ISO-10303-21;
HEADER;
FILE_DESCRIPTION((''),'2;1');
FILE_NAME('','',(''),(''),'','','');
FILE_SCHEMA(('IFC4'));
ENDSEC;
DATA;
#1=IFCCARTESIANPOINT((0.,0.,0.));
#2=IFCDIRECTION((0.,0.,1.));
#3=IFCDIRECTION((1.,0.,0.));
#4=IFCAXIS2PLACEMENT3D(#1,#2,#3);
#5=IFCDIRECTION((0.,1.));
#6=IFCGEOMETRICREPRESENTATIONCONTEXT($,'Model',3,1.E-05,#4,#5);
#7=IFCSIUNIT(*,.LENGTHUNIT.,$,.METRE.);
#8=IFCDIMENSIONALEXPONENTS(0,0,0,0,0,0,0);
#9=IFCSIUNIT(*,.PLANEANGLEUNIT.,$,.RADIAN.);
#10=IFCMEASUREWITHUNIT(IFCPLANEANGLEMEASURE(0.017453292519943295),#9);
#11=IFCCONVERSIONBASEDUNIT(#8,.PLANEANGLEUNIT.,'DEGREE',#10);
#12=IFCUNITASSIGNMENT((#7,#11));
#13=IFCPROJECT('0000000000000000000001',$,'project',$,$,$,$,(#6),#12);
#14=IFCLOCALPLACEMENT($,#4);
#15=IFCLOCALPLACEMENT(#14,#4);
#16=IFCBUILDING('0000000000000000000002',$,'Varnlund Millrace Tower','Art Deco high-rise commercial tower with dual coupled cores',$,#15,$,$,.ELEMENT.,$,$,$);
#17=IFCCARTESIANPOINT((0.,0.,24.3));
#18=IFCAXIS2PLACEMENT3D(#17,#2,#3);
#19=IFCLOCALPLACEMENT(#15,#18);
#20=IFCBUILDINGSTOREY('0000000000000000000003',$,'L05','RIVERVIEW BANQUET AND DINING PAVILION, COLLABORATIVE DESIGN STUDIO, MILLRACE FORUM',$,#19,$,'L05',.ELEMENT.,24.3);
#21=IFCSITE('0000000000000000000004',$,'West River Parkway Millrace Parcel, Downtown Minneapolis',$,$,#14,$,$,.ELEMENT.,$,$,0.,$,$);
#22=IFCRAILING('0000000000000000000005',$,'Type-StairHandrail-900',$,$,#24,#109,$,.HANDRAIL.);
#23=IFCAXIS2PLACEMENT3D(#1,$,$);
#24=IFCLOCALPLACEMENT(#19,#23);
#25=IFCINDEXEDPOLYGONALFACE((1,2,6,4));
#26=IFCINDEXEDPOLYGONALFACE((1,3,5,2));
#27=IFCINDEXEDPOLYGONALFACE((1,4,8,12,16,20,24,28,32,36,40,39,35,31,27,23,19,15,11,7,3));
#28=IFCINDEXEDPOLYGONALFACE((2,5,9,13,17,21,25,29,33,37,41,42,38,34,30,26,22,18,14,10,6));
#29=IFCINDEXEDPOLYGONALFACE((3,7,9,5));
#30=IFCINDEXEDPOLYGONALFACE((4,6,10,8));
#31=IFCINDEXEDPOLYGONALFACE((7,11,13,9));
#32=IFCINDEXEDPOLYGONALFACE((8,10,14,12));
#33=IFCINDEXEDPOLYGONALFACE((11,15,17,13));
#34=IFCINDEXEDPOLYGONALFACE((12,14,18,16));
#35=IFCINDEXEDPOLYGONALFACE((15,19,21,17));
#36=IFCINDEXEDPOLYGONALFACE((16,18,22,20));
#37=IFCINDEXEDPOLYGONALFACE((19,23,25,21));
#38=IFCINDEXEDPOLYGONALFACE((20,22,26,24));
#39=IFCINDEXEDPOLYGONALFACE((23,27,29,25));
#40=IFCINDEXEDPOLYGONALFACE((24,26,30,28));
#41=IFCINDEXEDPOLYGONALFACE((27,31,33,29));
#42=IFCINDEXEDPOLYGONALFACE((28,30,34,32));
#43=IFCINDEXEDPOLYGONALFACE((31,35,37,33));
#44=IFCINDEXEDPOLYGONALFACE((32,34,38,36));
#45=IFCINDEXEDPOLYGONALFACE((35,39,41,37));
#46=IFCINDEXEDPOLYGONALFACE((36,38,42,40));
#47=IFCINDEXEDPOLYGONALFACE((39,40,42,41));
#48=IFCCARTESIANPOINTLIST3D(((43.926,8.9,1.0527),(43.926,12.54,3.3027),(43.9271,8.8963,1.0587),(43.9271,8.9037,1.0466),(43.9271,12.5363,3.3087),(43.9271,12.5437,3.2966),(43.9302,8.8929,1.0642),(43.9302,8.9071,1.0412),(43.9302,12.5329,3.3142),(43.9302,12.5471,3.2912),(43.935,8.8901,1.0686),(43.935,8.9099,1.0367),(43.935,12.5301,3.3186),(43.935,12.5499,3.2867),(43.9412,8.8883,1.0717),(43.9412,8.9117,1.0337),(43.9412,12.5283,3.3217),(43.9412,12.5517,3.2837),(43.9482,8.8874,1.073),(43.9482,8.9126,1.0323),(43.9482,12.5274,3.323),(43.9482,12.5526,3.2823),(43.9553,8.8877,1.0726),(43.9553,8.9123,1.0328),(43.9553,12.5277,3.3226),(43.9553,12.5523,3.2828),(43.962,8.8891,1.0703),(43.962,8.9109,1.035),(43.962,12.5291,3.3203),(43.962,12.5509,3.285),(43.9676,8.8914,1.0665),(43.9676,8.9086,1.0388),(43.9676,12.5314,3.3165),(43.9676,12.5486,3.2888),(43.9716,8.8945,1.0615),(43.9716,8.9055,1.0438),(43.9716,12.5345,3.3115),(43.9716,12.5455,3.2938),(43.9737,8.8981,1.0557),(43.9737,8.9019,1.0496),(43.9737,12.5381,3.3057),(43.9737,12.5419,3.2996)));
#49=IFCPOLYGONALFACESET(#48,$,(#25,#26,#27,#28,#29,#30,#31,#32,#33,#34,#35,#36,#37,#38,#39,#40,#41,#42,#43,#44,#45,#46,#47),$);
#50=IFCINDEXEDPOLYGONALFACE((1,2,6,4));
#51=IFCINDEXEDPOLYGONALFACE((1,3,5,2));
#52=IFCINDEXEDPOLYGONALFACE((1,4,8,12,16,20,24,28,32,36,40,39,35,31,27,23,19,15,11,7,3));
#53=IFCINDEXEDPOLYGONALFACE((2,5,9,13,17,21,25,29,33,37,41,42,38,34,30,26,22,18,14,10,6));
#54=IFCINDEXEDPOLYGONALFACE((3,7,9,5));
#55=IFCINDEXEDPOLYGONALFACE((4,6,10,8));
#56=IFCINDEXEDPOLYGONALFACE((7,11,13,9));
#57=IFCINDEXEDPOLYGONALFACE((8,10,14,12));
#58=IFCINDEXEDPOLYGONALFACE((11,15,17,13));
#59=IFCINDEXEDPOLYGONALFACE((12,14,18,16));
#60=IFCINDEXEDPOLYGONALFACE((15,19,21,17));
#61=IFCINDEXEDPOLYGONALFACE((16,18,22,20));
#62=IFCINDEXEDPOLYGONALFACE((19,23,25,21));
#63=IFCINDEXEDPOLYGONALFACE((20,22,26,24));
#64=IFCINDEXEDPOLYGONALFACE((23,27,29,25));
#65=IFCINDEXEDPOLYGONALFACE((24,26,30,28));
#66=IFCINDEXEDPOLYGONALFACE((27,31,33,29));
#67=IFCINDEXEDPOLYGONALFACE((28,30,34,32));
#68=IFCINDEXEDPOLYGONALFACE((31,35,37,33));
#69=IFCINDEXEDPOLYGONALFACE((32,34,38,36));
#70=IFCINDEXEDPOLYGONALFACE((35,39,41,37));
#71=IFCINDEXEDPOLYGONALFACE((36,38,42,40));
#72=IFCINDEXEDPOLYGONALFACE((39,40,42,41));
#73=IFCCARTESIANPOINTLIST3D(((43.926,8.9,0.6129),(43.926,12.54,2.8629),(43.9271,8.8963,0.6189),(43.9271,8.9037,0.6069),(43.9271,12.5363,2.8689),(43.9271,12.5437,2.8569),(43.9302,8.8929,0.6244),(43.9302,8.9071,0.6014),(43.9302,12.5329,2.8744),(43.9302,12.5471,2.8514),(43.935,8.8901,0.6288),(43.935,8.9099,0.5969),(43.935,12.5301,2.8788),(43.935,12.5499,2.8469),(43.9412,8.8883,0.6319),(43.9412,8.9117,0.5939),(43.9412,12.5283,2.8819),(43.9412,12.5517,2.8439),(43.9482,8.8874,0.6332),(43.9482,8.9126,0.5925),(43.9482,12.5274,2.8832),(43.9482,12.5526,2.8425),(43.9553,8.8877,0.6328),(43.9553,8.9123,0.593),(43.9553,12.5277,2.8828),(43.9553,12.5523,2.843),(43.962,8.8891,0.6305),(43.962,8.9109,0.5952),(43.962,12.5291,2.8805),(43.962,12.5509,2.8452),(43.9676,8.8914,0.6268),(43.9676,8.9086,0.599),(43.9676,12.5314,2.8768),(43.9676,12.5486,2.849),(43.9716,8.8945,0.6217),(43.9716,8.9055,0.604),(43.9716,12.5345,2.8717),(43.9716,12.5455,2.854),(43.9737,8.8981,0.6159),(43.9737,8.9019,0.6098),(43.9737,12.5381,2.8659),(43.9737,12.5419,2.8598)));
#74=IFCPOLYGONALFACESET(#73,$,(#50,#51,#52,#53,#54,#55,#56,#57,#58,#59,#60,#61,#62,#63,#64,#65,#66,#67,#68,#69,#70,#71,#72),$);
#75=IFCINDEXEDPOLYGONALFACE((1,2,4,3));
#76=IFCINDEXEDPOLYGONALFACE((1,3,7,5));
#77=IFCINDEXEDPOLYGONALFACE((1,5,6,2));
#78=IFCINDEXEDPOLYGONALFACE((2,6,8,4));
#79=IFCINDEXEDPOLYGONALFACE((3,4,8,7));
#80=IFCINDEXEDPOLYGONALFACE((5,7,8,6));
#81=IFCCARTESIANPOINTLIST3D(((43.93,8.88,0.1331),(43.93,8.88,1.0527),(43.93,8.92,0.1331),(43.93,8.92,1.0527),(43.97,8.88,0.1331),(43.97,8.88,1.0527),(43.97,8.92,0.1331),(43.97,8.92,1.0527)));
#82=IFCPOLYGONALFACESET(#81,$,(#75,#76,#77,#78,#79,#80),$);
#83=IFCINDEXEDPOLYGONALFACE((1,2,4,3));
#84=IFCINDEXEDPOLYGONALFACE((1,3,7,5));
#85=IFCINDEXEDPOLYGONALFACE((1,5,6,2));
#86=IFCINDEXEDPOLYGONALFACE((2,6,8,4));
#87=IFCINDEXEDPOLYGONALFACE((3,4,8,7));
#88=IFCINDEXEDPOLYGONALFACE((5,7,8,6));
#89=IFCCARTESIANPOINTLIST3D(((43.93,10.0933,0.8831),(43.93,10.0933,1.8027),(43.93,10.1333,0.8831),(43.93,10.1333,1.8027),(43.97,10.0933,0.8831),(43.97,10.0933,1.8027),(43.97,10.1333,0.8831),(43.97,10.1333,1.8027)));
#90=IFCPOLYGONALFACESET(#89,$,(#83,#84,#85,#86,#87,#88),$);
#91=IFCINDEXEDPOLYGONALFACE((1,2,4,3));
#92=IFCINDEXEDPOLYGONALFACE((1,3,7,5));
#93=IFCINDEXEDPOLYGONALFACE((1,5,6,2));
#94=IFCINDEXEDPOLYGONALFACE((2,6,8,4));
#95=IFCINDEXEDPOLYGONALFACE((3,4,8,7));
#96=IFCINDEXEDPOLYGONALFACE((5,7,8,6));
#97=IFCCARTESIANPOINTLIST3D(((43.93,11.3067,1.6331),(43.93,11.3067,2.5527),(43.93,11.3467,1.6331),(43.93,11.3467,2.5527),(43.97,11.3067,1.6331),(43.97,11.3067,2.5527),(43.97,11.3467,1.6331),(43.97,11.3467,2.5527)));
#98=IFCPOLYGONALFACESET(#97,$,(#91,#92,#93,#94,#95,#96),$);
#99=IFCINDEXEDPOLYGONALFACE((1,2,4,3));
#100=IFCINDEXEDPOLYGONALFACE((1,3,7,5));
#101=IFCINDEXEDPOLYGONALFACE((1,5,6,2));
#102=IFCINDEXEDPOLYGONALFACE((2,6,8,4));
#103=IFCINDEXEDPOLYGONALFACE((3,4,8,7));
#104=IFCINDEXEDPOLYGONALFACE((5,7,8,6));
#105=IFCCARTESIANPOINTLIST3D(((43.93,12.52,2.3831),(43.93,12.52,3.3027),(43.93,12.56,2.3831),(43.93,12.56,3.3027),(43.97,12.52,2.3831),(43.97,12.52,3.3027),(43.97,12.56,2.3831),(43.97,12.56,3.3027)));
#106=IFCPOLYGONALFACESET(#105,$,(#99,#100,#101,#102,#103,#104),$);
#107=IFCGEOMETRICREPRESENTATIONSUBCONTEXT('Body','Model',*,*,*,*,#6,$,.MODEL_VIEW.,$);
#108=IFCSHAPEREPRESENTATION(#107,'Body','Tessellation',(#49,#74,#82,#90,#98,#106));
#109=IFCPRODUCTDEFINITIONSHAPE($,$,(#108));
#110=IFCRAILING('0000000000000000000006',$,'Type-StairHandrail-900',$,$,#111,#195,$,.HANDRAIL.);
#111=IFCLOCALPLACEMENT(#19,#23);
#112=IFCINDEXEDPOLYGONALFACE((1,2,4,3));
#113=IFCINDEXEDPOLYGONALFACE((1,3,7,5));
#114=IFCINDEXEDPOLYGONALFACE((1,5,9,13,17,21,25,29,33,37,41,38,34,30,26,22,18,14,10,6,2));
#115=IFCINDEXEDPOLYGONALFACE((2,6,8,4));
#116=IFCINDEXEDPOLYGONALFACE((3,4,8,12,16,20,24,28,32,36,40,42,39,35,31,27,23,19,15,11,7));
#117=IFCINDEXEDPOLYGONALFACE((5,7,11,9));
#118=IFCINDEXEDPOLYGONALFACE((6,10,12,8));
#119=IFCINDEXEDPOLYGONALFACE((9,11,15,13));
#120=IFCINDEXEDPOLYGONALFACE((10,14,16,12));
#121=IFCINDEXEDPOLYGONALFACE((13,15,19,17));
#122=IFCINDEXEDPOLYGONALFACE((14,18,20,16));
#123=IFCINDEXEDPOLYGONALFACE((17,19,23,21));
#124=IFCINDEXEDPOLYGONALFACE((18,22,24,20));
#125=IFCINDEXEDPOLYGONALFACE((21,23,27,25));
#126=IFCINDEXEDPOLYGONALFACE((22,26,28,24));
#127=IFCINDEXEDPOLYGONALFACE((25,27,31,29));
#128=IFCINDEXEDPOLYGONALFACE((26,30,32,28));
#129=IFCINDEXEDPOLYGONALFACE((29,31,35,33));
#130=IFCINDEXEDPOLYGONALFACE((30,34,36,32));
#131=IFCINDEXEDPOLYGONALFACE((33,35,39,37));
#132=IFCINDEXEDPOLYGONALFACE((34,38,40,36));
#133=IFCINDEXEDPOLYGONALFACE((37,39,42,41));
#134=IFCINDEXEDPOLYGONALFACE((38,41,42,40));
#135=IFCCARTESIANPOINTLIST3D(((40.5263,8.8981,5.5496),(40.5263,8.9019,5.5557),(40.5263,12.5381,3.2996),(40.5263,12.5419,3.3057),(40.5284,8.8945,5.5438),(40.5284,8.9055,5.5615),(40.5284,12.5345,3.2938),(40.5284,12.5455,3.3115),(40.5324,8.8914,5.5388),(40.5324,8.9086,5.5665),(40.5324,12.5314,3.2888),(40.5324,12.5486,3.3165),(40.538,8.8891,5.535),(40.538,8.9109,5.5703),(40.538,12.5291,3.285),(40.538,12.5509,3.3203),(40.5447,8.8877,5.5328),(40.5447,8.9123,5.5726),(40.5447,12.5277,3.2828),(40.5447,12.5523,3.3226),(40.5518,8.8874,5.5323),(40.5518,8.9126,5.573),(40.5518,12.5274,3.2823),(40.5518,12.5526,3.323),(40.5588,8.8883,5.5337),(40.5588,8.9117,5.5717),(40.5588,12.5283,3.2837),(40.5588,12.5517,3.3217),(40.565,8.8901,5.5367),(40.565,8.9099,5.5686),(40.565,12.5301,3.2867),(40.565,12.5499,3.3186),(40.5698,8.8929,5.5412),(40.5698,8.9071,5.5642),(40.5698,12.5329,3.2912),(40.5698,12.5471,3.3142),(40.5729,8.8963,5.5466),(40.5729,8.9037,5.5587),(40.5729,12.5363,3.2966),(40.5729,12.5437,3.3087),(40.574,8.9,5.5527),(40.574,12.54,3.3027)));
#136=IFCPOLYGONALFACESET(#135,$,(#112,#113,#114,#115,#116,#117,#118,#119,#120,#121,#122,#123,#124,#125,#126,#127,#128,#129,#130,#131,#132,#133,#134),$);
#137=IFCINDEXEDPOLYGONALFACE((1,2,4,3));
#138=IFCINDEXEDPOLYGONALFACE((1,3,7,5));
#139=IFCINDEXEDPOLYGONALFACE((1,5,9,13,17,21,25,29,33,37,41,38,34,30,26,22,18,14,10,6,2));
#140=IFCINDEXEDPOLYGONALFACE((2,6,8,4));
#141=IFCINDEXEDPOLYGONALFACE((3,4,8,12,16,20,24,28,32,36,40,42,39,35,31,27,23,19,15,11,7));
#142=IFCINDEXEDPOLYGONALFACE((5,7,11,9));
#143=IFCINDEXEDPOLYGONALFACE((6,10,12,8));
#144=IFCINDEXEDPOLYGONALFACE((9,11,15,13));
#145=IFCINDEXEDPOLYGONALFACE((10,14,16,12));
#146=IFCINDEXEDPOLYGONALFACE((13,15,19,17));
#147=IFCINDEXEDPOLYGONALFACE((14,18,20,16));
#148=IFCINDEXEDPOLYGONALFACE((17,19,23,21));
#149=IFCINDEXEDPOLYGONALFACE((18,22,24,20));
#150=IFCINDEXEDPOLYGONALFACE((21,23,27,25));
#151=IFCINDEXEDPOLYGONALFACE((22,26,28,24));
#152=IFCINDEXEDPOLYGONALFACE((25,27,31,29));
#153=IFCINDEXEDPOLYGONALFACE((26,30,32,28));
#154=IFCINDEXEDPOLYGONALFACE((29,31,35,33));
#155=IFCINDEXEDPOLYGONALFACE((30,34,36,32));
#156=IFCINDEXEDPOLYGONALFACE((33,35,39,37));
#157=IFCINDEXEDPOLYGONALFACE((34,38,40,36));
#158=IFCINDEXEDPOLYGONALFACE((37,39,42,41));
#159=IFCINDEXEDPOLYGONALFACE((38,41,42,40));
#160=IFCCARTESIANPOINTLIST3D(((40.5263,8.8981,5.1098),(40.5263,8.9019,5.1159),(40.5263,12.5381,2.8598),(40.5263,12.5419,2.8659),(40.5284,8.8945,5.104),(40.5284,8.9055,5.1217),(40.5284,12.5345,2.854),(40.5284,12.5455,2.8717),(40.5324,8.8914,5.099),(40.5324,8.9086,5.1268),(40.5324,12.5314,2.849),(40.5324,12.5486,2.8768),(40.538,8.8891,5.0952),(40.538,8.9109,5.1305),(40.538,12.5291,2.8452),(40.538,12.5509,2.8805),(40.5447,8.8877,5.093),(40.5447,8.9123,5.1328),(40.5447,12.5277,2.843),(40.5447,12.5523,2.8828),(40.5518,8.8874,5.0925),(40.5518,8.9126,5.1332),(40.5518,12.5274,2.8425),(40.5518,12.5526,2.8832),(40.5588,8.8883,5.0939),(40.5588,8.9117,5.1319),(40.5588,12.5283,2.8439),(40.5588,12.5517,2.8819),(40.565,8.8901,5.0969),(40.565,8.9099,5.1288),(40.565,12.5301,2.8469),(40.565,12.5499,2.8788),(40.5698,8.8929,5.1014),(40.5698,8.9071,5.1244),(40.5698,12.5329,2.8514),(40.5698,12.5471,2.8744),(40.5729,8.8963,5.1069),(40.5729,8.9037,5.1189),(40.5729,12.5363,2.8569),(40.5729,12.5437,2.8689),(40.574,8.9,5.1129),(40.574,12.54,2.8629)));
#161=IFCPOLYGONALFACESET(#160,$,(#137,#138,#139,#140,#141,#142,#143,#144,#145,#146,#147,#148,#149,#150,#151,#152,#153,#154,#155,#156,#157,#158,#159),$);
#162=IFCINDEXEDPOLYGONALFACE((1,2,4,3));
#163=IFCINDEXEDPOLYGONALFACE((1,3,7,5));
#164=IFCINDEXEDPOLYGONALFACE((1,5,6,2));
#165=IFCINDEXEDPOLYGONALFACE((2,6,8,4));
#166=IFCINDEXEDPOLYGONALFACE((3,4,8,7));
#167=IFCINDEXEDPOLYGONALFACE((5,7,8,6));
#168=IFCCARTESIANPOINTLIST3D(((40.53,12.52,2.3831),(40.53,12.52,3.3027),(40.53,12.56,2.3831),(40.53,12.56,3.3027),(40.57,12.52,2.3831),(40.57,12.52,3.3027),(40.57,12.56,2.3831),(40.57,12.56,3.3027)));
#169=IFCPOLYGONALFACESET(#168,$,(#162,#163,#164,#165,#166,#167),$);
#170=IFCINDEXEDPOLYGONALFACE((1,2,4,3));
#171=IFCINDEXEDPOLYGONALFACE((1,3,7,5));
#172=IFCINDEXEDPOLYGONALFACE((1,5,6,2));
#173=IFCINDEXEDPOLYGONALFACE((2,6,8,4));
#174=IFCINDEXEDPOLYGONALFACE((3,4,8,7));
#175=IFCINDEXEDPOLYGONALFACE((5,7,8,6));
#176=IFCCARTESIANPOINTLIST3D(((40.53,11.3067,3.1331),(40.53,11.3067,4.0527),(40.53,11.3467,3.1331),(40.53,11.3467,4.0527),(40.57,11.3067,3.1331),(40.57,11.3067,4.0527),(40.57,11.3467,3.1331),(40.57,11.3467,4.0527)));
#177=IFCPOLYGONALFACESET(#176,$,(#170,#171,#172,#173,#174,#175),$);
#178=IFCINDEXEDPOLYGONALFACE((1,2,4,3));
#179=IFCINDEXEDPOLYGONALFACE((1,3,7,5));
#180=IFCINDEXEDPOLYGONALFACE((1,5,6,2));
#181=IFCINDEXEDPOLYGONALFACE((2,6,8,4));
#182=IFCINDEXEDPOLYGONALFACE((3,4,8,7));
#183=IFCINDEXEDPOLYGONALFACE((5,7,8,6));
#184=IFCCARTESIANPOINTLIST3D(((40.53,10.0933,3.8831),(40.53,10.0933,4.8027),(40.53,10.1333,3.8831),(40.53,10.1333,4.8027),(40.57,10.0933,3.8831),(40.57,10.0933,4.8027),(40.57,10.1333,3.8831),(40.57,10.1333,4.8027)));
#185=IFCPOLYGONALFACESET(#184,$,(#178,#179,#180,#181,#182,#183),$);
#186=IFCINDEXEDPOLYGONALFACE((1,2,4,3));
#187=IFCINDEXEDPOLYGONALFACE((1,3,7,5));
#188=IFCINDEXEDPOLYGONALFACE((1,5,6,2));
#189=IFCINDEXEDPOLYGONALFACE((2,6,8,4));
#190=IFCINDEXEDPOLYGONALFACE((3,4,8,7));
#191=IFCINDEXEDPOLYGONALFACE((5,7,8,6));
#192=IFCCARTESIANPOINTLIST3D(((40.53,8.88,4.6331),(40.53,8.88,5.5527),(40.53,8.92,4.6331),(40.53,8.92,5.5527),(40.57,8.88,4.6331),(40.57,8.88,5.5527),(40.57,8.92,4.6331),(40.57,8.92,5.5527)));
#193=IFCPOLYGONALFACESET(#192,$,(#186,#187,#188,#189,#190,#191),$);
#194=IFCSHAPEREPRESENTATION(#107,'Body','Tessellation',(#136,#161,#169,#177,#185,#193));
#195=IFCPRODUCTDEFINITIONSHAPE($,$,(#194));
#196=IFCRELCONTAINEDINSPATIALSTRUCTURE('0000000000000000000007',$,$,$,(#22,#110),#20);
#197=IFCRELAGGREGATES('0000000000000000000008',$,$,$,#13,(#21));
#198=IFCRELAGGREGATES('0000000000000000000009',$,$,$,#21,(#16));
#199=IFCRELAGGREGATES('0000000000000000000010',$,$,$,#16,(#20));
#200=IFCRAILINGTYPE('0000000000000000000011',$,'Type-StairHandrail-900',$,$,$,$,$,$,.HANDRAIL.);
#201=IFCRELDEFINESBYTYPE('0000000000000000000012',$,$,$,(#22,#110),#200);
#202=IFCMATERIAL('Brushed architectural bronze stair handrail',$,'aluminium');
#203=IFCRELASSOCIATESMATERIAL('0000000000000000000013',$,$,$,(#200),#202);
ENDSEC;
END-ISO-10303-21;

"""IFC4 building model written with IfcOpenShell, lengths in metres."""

from ifc_helpers import new_model, entity, si_unit, converted_unit, direction, frame, origin_with_axes, origin_2d_with_axis, place, context, subcontext, project, spatial, rectangle, circle, extrude, material, type_object, element, save


model = new_model("IFC4")

# Units and contexts
model_context = context("Model", 3, precision=1e-05, world=origin_with_axes(), true_north=direction((0.0, 1.0)))
body_context = subcontext(model_context, "Body", "Model", "MODEL_VIEW")
ifc_project = project(units=[si_unit("LENGTHUNIT", "METRE"), converted_unit("PLANEANGLEUNIT", "DEGREE", entity("IfcPlaneAngleMeasure", 0.017453292519943295), si_unit("PLANEANGLEUNIT", "RADIAN"), dimensions=[0, 0, 0, 0, 0, 0, 0])], contexts=[model_context])

# Site, building, storey
site_placement = place(None, origin_with_axes())
site = spatial("IfcSite", under=ifc_project, at=site_placement, Name="West River Parkway Millrace Parcel, Downtown Minneapolis", CompositionType="ELEMENT", RefElevation=0.0)
building_placement = place(site_placement, origin_with_axes())
building = spatial("IfcBuilding", under=site, at=building_placement, Name="Varnlund Millrace Tower", Description="Art Deco high-rise commercial tower with dual coupled cores", CompositionType="ELEMENT")
storey_placement = place(building_placement, frame((0.0, 0.0, 24.3), z_axis=(0.0, 0.0, 1.0), x_axis=(1.0, 0.0, 0.0)))
storey = spatial("IfcBuildingStorey", under=building, at=storey_placement, Name="L05", Description="RIVERVIEW BANQUET AND DINING PAVILION, COLLABORATIVE DESIGN STUDIO, MILLRACE FORUM", LongName="L05", CompositionType="ELEMENT", Elevation=24.3)

# Railings
ifc_material_1 = material(Name="Brushed architectural bronze stair handrail", Category="aluminium")
railing_type_1 = type_object("IfcRailingType", Name="Type-StairHandrail-900", PredefinedType="HANDRAIL", material=ifc_material_1)
railing_1_placement = place(storey_placement, frame((0.0, 0.0, -24.3), z_axis=(0.0, 0.0, 1.0), x_axis=(1.0, 0.0, 0.0)))
element("IfcRailing", 1, at=railing_1_placement, inside=storey, type_object=railing_type_1, Name="Type-StairHandrail-900", PredefinedType="HANDRAIL", context=body_context, shape_type="SweptSolid", body=[
    extrude(circle(Radius=0.024, at=origin_2d_with_axis()), frame((43.95, 8.9, 25.3527), z_axis=(0.0, 0.850614, 0.525791), x_axis=(-1.0, 0.0, 0.0)), (0.0, 0.0, 1.0), 4.2793),
    extrude(circle(Radius=0.024, at=origin_2d_with_axis()), frame((43.95, 8.9, 24.9129), z_axis=(0.0, 0.850614, 0.525791), x_axis=(-1.0, 0.0, 0.0)), (0.0, 0.0, 1.0), 4.2793),
    extrude(rectangle(XDim=0.04, YDim=0.04, at=origin_2d_with_axis()), frame((43.95, 8.9, 24.4331), z_axis=(0.0, 0.0, 1.0), x_axis=(1.0, 0.0, 0.0)), (0.0, 0.0, 1.0), 0.9196),
    extrude(rectangle(XDim=0.04, YDim=0.04, at=origin_2d_with_axis()), frame((43.95, 10.1133, 25.1831), z_axis=(0.0, 0.0, 1.0), x_axis=(1.0, 0.0, 0.0)), (0.0, 0.0, 1.0), 0.9196),
    extrude(rectangle(XDim=0.04, YDim=0.04, at=origin_2d_with_axis()), frame((43.95, 11.3267, 25.9331), z_axis=(0.0, 0.0, 1.0), x_axis=(1.0, 0.0, 0.0)), (0.0, 0.0, 1.0), 0.9196),
    extrude(rectangle(XDim=0.04, YDim=0.04, at=origin_2d_with_axis()), frame((43.95, 12.54, 26.6831), z_axis=(0.0, 0.0, 1.0), x_axis=(1.0, 0.0, 0.0)), (0.0, 0.0, 1.0), 0.9196),
])
railing_2_placement = place(storey_placement, frame((0.0, 0.0, -24.3), z_axis=(0.0, 0.0, 1.0), x_axis=(1.0, 0.0, 0.0)))
element("IfcRailing", 2, at=railing_2_placement, inside=storey, type_object=railing_type_1, Name="Type-StairHandrail-900", PredefinedType="HANDRAIL", context=body_context, shape_type="SweptSolid", body=[
    extrude(circle(Radius=0.024, at=origin_2d_with_axis()), frame((40.55, 12.54, 27.6027), z_axis=(0.0, -0.850614, 0.525791), x_axis=(1.0, 0.0, 0.0)), (0.0, 0.0, 1.0), 4.2793),
    extrude(circle(Radius=0.024, at=origin_2d_with_axis()), frame((40.55, 12.54, 27.1629), z_axis=(0.0, -0.850614, 0.525791), x_axis=(1.0, 0.0, 0.0)), (0.0, 0.0, 1.0), 4.2793),
    extrude(rectangle(XDim=0.04, YDim=0.04, at=origin_2d_with_axis()), frame((40.55, 12.54, 26.6831), z_axis=(0.0, 0.0, 1.0), x_axis=(1.0, 0.0, 0.0)), (0.0, 0.0, 1.0), 0.9196),
    extrude(rectangle(XDim=0.04, YDim=0.04, at=origin_2d_with_axis()), frame((40.55, 11.3267, 27.4331), z_axis=(0.0, 0.0, 1.0), x_axis=(1.0, 0.0, 0.0)), (0.0, 0.0, 1.0), 0.9196),
    extrude(rectangle(XDim=0.04, YDim=0.04, at=origin_2d_with_axis()), frame((40.55, 10.1133, 28.1831), z_axis=(0.0, 0.0, 1.0), x_axis=(1.0, 0.0, 0.0)), (0.0, 0.0, 1.0), 0.9196),
    extrude(rectangle(XDim=0.04, YDim=0.04, at=origin_2d_with_axis()), frame((40.55, 8.9, 28.9331), z_axis=(0.0, 0.0, 1.0), x_axis=(1.0, 0.0, 0.0)), (0.0, 0.0, 1.0), 0.9196),
])

save(model, "model.ifc")
